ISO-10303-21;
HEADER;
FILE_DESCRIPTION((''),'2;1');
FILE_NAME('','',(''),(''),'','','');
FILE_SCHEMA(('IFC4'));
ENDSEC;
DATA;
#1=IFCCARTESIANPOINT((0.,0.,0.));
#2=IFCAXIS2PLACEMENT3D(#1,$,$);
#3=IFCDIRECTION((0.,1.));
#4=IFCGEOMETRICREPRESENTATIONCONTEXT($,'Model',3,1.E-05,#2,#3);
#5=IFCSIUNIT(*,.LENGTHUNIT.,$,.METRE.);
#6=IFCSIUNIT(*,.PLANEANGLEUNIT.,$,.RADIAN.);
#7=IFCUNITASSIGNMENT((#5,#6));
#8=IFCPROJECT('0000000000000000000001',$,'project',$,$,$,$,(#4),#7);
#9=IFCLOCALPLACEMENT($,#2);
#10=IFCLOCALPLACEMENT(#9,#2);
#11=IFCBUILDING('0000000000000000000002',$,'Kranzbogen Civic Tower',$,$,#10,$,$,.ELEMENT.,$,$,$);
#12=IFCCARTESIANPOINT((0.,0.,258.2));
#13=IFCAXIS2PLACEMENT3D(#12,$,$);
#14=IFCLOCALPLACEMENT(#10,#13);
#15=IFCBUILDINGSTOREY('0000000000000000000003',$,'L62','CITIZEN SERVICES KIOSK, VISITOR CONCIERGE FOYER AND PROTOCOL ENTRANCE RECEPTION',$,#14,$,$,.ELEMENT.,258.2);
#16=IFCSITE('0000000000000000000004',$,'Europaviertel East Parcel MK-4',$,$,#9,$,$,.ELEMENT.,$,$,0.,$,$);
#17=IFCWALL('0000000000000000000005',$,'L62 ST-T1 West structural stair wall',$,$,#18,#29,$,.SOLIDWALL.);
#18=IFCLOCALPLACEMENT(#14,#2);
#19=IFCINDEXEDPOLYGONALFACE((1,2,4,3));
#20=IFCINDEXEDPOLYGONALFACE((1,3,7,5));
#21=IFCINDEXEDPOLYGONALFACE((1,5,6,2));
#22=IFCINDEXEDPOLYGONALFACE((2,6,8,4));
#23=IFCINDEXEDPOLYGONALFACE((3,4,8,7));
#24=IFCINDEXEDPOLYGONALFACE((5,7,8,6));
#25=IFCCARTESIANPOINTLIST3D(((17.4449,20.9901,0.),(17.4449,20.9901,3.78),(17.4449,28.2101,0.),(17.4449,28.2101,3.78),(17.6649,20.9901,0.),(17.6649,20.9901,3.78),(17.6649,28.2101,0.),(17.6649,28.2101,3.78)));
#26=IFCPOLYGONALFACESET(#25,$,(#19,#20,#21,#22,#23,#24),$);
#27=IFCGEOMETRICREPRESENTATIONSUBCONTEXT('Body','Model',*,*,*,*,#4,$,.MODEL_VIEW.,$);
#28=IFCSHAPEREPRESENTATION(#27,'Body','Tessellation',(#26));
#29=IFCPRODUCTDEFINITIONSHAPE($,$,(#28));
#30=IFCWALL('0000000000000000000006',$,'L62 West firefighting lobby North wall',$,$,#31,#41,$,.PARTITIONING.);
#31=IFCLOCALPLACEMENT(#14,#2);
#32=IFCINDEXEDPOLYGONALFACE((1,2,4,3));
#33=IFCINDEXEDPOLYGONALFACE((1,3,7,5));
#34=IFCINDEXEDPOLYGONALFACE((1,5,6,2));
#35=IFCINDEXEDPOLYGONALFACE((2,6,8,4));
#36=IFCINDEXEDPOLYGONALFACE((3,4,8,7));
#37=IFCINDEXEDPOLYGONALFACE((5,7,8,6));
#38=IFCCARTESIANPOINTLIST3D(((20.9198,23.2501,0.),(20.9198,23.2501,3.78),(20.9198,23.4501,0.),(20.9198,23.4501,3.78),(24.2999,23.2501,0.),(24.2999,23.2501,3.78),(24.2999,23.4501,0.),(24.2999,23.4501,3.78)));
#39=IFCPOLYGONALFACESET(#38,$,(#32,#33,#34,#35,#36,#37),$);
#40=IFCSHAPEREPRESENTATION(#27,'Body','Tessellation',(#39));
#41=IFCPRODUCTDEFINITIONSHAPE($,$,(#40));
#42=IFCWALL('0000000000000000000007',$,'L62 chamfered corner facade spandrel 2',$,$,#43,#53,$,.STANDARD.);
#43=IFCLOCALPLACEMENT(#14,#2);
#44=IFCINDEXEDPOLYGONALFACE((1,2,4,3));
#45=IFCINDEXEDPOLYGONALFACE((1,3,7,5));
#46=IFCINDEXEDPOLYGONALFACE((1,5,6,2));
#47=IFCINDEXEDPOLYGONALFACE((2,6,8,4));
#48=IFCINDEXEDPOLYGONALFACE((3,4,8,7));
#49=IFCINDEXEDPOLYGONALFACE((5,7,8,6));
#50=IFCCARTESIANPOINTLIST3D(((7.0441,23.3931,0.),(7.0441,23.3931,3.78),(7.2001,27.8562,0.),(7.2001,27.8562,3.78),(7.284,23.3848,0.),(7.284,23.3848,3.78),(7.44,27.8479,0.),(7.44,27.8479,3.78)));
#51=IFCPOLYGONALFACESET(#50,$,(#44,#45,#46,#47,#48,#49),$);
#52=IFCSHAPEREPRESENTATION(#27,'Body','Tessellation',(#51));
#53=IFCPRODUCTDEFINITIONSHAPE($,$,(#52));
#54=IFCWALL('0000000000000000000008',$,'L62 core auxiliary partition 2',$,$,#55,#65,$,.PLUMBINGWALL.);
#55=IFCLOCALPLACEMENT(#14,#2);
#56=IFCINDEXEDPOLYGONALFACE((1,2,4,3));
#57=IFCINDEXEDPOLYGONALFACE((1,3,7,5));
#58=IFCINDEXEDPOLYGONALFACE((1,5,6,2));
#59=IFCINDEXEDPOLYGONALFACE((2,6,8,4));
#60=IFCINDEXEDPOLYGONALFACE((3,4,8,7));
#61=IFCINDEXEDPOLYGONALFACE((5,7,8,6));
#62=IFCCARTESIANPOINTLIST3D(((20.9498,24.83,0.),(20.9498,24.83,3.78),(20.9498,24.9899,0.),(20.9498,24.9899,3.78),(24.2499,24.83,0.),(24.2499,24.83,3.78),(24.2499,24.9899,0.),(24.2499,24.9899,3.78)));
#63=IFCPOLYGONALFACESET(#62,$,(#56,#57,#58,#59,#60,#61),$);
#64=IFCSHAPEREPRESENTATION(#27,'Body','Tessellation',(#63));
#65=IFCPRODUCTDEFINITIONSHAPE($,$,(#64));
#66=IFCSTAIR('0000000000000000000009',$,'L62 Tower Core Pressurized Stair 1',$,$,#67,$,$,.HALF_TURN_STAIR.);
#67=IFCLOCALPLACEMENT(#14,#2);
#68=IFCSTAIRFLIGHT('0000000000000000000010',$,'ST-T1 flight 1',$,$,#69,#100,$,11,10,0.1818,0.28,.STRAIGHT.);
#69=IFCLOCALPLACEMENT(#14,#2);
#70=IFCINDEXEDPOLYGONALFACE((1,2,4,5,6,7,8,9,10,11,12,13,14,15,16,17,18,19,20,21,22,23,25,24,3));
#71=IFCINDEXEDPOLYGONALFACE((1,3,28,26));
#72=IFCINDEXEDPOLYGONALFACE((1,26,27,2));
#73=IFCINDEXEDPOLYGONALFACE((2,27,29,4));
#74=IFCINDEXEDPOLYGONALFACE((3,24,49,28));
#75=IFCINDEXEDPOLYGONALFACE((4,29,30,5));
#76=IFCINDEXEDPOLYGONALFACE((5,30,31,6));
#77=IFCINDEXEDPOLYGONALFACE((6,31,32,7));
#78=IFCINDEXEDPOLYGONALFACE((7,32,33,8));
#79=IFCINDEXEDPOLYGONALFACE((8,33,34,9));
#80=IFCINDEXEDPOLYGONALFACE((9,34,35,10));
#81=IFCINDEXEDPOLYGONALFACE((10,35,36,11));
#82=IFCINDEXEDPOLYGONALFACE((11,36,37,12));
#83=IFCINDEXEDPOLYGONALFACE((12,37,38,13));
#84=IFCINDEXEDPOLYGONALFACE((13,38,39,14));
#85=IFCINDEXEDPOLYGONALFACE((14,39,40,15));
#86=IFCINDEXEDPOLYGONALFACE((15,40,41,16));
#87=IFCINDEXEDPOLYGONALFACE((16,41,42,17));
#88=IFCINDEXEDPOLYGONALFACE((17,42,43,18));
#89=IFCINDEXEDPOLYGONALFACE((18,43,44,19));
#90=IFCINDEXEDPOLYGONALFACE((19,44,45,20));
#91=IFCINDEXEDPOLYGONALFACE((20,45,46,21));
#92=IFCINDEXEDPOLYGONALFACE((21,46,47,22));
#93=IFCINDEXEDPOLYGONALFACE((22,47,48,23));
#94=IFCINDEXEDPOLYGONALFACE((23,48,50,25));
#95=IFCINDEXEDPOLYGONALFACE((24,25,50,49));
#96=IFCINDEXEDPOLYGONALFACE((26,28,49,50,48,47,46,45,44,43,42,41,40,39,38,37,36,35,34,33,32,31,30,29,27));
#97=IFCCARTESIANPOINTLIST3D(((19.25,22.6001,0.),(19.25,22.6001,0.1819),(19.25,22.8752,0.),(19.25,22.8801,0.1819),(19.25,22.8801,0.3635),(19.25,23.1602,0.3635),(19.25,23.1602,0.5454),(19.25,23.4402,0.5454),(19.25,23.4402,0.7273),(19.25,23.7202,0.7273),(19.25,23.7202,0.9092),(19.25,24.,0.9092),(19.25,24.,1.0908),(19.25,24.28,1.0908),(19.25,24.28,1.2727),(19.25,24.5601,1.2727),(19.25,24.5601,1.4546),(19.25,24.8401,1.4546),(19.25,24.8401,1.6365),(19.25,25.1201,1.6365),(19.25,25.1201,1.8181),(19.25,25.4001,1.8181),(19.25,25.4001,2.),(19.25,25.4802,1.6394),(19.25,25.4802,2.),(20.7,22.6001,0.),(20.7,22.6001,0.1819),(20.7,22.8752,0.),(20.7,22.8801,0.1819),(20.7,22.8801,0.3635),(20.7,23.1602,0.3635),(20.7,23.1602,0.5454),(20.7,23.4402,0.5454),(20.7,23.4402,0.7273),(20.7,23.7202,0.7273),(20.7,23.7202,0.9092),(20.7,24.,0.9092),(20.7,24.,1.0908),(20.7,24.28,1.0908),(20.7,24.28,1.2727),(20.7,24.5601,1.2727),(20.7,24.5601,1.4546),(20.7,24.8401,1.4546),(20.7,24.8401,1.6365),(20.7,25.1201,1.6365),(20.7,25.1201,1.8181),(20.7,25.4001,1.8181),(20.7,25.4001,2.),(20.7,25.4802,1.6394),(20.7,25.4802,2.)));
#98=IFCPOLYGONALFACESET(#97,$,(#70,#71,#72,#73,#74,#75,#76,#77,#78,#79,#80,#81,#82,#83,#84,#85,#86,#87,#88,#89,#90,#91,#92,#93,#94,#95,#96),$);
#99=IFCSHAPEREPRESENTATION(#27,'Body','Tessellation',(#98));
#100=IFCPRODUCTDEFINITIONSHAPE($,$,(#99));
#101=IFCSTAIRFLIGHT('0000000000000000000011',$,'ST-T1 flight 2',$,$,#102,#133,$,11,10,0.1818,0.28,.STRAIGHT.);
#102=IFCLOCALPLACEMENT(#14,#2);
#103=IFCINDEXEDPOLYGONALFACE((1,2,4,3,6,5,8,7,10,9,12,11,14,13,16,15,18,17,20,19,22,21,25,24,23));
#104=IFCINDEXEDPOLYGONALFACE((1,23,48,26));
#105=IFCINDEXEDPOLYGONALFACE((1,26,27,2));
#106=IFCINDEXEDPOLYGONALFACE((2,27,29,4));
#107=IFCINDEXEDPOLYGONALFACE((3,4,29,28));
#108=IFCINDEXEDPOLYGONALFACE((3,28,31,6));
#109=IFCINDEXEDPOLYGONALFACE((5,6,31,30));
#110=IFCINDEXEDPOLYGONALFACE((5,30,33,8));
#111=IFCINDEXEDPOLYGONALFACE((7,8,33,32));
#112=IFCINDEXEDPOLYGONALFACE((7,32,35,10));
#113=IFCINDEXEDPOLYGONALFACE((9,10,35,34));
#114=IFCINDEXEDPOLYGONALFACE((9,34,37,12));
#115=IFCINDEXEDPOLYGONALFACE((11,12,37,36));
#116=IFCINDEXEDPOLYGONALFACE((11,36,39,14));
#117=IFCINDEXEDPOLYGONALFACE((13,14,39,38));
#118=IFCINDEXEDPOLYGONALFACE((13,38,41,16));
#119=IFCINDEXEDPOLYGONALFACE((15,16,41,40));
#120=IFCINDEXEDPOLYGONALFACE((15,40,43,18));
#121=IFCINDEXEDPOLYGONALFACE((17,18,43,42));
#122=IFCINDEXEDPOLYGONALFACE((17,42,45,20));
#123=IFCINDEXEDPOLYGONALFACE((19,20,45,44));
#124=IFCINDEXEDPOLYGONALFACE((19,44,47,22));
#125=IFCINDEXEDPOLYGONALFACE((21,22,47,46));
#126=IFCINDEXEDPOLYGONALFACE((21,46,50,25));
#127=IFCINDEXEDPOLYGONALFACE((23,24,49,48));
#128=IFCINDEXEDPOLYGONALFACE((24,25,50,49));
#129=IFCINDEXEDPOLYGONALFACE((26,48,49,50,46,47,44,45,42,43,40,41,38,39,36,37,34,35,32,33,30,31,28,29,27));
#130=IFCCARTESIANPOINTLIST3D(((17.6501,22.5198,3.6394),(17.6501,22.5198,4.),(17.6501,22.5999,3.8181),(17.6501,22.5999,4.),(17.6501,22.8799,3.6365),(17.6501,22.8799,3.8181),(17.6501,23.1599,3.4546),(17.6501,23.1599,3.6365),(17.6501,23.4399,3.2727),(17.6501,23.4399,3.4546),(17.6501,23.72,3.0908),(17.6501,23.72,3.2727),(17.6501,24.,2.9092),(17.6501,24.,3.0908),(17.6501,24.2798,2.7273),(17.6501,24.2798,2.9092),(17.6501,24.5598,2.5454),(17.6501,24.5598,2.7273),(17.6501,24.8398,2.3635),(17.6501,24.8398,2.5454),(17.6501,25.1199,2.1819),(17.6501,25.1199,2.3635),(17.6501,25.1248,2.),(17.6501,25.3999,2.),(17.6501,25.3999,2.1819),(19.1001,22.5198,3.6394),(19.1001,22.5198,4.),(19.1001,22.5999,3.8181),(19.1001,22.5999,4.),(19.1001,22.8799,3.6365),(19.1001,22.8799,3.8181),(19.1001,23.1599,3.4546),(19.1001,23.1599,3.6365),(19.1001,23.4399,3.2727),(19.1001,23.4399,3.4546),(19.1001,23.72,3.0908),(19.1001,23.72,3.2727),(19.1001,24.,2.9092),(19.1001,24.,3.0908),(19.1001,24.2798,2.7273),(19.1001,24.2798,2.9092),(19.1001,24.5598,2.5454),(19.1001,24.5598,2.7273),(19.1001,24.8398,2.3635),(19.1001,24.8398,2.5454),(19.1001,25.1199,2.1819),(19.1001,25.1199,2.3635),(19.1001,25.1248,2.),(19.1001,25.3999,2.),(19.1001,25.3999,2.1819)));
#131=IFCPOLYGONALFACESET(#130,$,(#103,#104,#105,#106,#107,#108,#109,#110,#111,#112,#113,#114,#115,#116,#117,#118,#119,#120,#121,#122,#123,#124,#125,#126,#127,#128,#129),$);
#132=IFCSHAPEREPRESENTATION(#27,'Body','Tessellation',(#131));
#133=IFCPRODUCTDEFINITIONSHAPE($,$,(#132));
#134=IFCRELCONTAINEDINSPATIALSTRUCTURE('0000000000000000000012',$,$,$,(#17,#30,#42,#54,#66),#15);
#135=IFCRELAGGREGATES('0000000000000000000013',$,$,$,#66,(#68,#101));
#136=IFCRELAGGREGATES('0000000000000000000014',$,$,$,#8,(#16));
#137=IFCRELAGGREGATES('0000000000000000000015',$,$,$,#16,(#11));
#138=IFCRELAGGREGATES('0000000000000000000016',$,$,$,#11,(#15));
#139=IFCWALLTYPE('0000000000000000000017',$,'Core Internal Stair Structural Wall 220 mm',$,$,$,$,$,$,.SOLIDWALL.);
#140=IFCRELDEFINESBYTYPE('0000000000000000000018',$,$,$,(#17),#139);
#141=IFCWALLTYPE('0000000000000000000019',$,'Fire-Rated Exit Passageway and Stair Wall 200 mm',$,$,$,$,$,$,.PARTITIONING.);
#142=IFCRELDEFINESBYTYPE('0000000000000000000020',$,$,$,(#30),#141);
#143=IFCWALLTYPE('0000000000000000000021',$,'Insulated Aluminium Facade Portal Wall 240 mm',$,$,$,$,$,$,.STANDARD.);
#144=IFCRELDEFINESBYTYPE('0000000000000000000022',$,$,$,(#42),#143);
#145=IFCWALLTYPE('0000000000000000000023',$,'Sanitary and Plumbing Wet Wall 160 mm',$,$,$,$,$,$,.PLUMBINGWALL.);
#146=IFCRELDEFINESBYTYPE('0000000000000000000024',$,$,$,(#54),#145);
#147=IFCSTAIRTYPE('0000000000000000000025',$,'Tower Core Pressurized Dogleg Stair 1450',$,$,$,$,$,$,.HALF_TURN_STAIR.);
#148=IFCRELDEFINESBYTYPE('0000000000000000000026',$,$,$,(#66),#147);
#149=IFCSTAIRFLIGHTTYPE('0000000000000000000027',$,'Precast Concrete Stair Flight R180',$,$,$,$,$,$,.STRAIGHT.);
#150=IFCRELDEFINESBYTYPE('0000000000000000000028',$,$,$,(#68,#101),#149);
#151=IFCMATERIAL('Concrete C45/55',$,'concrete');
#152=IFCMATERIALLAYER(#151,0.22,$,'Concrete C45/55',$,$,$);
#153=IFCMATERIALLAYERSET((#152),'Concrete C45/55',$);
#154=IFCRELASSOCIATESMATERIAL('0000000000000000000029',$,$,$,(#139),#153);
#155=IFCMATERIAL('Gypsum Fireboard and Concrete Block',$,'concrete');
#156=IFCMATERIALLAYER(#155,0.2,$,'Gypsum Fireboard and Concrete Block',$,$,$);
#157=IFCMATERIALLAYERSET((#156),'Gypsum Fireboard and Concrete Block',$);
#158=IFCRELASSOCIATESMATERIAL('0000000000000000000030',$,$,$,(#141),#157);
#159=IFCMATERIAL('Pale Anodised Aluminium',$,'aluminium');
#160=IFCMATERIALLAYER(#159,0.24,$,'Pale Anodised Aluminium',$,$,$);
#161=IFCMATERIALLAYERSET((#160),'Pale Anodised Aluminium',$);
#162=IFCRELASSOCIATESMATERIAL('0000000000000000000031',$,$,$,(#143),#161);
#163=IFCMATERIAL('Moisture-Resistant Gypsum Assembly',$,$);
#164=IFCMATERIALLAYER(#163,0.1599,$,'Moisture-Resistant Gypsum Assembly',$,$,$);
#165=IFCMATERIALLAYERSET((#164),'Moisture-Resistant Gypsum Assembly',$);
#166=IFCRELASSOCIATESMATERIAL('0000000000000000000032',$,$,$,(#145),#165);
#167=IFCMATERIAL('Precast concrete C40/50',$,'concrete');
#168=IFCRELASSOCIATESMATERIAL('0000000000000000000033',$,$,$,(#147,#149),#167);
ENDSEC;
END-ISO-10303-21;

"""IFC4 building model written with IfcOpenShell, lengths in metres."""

from ifc_helpers import new_model, si_unit, direction, frame, frame_2d, origin, place, context, subcontext, project, spatial, polyline, rectangle, outline, extrude, material, layer, layer_set, type_object, element, aggregate, save


model = new_model("IFC4")

# Units and contexts
model_context = context("Model", 3, precision=1e-05, world=origin(), true_north=direction((0.0, 1.0)))
body_context = subcontext(model_context, "Body", "Model", "MODEL_VIEW")
ifc_project = project(units=[si_unit("LENGTHUNIT", "METRE"), si_unit("PLANEANGLEUNIT", "RADIAN")], contexts=[model_context])

# Site, building, storey
site_placement = place(None, origin())
site = spatial("IfcSite", under=ifc_project, at=site_placement, Name="Europaviertel East Parcel MK-4", CompositionType="ELEMENT", RefElevation=0.0)
building_placement = place(site_placement, origin())
building = spatial("IfcBuilding", under=site, at=building_placement, Name="Kranzbogen Civic Tower", CompositionType="ELEMENT")
storey_placement = place(building_placement, frame((0.0, 0.0, 258.2)))
storey = spatial("IfcBuildingStorey", under=building, at=storey_placement, Name="L62", Description="CITIZEN SERVICES KIOSK, VISITOR CONCIERGE FOYER AND PROTOCOL ENTRANCE RECEPTION", CompositionType="ELEMENT", Elevation=258.2)

# Shared definitions
ifc_material_1 = material(Name="Pale Anodised Aluminium", Category="aluminium")

# Shared definitions
ifc_material_2 = material(Name="Concrete C45/55", Category="concrete")

# Walls
ifc_layer_1 = layer(ifc_material_2, 0.22, Name="Concrete C45/55")
ifc_layer_set_1 = layer_set([ifc_layer_1], Name="Concrete C45/55")
wall_type_1 = type_object("IfcWallType", Name="Core Internal Stair Structural Wall 220 mm", PredefinedType="SOLIDWALL", material=ifc_layer_set_1)
wall_1_placement = place(storey_placement, frame((17.5549, 28.21, 0.0), z_axis=(0.0, 0.0, 1.0), x_axis=(0.0, -1.0, 0.0)))
element("IfcWall", 1, at=wall_1_placement, inside=storey, type_object=wall_type_1, Name="L62 ST-T1 West structural stair wall", PredefinedType="SOLIDWALL", context=body_context, shape_type="SweptSolid", body=[
    extrude(rectangle(XDim=7.22, YDim=0.22, at=frame_2d((3.6099, 0.0))), origin(), (0.0, 0.0, 1.0), 3.78),
])
ifc_material_3 = material(Name="Gypsum Fireboard and Concrete Block", Category="concrete")
ifc_layer_2 = layer(ifc_material_3, 0.2, Name="Gypsum Fireboard and Concrete Block")
ifc_layer_set_2 = layer_set([ifc_layer_2], Name="Gypsum Fireboard and Concrete Block")
wall_type_2 = type_object("IfcWallType", Name="Fire-Rated Exit Passageway and Stair Wall 200 mm", PredefinedType="PARTITIONING", material=ifc_layer_set_2)
wall_2_placement = place(storey_placement, frame((20.9199, 23.3501, 0.0), z_axis=(0.0, 0.0, 1.0), x_axis=(1.0, 0.0, 0.0)))
element("IfcWall", 2, at=wall_2_placement, inside=storey, type_object=wall_type_2, Name="L62 West firefighting lobby North wall", PredefinedType="PARTITIONING", context=body_context, shape_type="SweptSolid", body=[
    extrude(rectangle(XDim=3.3801, YDim=0.2, at=frame_2d((1.6899, 0.0))), origin(), (0.0, 0.0, 1.0), 3.78),
])
ifc_layer_3 = layer(ifc_material_1, 0.24, Name="Pale Anodised Aluminium")
ifc_layer_set_3 = layer_set([ifc_layer_3], Name="Pale Anodised Aluminium")
wall_type_3 = type_object("IfcWallType", Name="Insulated Aluminium Facade Portal Wall 240 mm", PredefinedType="STANDARD", material=ifc_layer_set_3)
wall_3_placement = place(storey_placement, frame((7.3201, 27.8521, 0.0), z_axis=(0.0, 0.0, 1.0), x_axis=(-0.034933, -0.99939, 0.0)))
element("IfcWall", 3, at=wall_3_placement, inside=storey, type_object=wall_type_3, Name="L62 chamfered corner facade spandrel 2", PredefinedType="STANDARD", context=body_context, shape_type="SweptSolid", body=[
    extrude(rectangle(XDim=4.4658, YDim=0.24, at=frame_2d((2.2329, 0.0))), origin(), (0.0, 0.0, 1.0), 3.78),
])
ifc_material_4 = material(Name="Moisture-Resistant Gypsum Assembly")
ifc_layer_4 = layer(ifc_material_4, 0.1599, Name="Moisture-Resistant Gypsum Assembly")
ifc_layer_set_4 = layer_set([ifc_layer_4], Name="Moisture-Resistant Gypsum Assembly")
wall_type_4 = type_object("IfcWallType", Name="Sanitary and Plumbing Wet Wall 160 mm", PredefinedType="PLUMBINGWALL", material=ifc_layer_set_4)
wall_4_placement = place(storey_placement, frame((20.95, 24.9099, 0.0), z_axis=(0.0, 0.0, 1.0), x_axis=(1.0, 0.0, 0.0)))
element("IfcWall", 4, at=wall_4_placement, inside=storey, type_object=wall_type_4, Name="L62 core auxiliary partition 2", PredefinedType="PLUMBINGWALL", context=body_context, shape_type="SweptSolid", body=[
    extrude(rectangle(XDim=3.3, YDim=0.1599, at=frame_2d((1.6499, 0.0))), origin(), (0.0, 0.0, 1.0), 3.78),
])

# Stair, stair flights
ifc_material_5 = material(Name="Precast concrete C40/50", Category="concrete")
stair_type = type_object("IfcStairType", Name="Tower Core Pressurized Dogleg Stair 1450", PredefinedType="HALF_TURN_STAIR", material=ifc_material_5)
stair_placement = place(storey_placement, origin())
stair = element("IfcStair", 5, at=stair_placement, inside=storey, type_object=stair_type, Name="L62 Tower Core Pressurized Stair 1", PredefinedType="HALF_TURN_STAIR")
stair_flight_type = type_object("IfcStairFlightType", Name="Precast Concrete Stair Flight R180", PredefinedType="STRAIGHT", material=ifc_material_5)
stair_flight_1_placement = place(storey_placement, frame((19.9751, 22.6001, 0.0), z_axis=(0.0, 0.0, 1.0), x_axis=(0.0, 1.0, 0.0)))
stair_flight_1 = element("IfcStairFlight", 6, at=stair_flight_1_placement, type_object=stair_flight_type, Name="ST-T1 flight 1", NumberOfRisers=11, NumberOfTreads=10, PredefinedType="STRAIGHT", RiserHeight=0.1818, TreadLength=0.28, context=body_context, shape_type="SweptSolid", body=[
    extrude(outline(polyline([(0.0, 0.0), (0.0, 0.1819), (0.28, 0.1819), (0.28, 0.3635), (0.5601, 0.3635), (0.5601, 0.5454), (0.8401, 0.5454), (0.8401, 0.7273), (1.1201, 0.7273), (1.1201, 0.9092), (1.3999, 0.9092), (1.3999, 1.0908), (1.6799, 1.0908), (1.6799, 1.2727), (1.96, 1.2727), (1.96, 1.4546), (2.24, 1.4546), (2.24, 1.6365), (2.52, 1.6365), (2.52, 1.8181), (2.8, 1.8181), (2.8, 2.0), (2.8801, 2.0), (2.8801, 1.6394), (0.2751, 0.0), (0.0, 0.0)])), frame((0.0, 0.7251, 0.0), z_axis=(0.0, -1.0, 0.0), x_axis=(1.0, 0.0, 0.0)), (0.0, 0.0, 1.0), 1.45),
])
stair_flight_2_placement = place(storey_placement, frame((18.375, 25.3999, 2.0), z_axis=(0.0, 0.0, 1.0), x_axis=(0.0, -1.0, 0.0)))
stair_flight_2 = element("IfcStairFlight", 7, at=stair_flight_2_placement, type_object=stair_flight_type, Name="ST-T1 flight 2", NumberOfRisers=11, NumberOfTreads=10, PredefinedType="STRAIGHT", RiserHeight=0.1818, TreadLength=0.28, context=body_context, shape_type="SweptSolid", body=[
    extrude(outline(polyline([(0.0, 0.0), (0.0, 0.1819), (0.28, 0.1819), (0.28, 0.3635), (0.5601, 0.3635), (0.5601, 0.5454), (0.8401, 0.5454), (0.8401, 0.7273), (1.1201, 0.7273), (1.1201, 0.9092), (1.3999, 0.9092), (1.3999, 1.0908), (1.6799, 1.0908), (1.6799, 1.2727), (1.96, 1.2727), (1.96, 1.4546), (2.24, 1.4546), (2.24, 1.6365), (2.52, 1.6365), (2.52, 1.8181), (2.8, 1.8181), (2.8, 2.0), (2.8801, 2.0), (2.8801, 1.6394), (0.2751, 0.0), (0.0, 0.0)])), frame((0.0, 0.7251, 0.0), z_axis=(0.0, -1.0, 0.0), x_axis=(1.0, 0.0, 0.0)), (0.0, 0.0, 1.0), 1.45),
])
aggregate(stair, [stair_flight_1, stair_flight_2])

save(model, "model.ifc")
